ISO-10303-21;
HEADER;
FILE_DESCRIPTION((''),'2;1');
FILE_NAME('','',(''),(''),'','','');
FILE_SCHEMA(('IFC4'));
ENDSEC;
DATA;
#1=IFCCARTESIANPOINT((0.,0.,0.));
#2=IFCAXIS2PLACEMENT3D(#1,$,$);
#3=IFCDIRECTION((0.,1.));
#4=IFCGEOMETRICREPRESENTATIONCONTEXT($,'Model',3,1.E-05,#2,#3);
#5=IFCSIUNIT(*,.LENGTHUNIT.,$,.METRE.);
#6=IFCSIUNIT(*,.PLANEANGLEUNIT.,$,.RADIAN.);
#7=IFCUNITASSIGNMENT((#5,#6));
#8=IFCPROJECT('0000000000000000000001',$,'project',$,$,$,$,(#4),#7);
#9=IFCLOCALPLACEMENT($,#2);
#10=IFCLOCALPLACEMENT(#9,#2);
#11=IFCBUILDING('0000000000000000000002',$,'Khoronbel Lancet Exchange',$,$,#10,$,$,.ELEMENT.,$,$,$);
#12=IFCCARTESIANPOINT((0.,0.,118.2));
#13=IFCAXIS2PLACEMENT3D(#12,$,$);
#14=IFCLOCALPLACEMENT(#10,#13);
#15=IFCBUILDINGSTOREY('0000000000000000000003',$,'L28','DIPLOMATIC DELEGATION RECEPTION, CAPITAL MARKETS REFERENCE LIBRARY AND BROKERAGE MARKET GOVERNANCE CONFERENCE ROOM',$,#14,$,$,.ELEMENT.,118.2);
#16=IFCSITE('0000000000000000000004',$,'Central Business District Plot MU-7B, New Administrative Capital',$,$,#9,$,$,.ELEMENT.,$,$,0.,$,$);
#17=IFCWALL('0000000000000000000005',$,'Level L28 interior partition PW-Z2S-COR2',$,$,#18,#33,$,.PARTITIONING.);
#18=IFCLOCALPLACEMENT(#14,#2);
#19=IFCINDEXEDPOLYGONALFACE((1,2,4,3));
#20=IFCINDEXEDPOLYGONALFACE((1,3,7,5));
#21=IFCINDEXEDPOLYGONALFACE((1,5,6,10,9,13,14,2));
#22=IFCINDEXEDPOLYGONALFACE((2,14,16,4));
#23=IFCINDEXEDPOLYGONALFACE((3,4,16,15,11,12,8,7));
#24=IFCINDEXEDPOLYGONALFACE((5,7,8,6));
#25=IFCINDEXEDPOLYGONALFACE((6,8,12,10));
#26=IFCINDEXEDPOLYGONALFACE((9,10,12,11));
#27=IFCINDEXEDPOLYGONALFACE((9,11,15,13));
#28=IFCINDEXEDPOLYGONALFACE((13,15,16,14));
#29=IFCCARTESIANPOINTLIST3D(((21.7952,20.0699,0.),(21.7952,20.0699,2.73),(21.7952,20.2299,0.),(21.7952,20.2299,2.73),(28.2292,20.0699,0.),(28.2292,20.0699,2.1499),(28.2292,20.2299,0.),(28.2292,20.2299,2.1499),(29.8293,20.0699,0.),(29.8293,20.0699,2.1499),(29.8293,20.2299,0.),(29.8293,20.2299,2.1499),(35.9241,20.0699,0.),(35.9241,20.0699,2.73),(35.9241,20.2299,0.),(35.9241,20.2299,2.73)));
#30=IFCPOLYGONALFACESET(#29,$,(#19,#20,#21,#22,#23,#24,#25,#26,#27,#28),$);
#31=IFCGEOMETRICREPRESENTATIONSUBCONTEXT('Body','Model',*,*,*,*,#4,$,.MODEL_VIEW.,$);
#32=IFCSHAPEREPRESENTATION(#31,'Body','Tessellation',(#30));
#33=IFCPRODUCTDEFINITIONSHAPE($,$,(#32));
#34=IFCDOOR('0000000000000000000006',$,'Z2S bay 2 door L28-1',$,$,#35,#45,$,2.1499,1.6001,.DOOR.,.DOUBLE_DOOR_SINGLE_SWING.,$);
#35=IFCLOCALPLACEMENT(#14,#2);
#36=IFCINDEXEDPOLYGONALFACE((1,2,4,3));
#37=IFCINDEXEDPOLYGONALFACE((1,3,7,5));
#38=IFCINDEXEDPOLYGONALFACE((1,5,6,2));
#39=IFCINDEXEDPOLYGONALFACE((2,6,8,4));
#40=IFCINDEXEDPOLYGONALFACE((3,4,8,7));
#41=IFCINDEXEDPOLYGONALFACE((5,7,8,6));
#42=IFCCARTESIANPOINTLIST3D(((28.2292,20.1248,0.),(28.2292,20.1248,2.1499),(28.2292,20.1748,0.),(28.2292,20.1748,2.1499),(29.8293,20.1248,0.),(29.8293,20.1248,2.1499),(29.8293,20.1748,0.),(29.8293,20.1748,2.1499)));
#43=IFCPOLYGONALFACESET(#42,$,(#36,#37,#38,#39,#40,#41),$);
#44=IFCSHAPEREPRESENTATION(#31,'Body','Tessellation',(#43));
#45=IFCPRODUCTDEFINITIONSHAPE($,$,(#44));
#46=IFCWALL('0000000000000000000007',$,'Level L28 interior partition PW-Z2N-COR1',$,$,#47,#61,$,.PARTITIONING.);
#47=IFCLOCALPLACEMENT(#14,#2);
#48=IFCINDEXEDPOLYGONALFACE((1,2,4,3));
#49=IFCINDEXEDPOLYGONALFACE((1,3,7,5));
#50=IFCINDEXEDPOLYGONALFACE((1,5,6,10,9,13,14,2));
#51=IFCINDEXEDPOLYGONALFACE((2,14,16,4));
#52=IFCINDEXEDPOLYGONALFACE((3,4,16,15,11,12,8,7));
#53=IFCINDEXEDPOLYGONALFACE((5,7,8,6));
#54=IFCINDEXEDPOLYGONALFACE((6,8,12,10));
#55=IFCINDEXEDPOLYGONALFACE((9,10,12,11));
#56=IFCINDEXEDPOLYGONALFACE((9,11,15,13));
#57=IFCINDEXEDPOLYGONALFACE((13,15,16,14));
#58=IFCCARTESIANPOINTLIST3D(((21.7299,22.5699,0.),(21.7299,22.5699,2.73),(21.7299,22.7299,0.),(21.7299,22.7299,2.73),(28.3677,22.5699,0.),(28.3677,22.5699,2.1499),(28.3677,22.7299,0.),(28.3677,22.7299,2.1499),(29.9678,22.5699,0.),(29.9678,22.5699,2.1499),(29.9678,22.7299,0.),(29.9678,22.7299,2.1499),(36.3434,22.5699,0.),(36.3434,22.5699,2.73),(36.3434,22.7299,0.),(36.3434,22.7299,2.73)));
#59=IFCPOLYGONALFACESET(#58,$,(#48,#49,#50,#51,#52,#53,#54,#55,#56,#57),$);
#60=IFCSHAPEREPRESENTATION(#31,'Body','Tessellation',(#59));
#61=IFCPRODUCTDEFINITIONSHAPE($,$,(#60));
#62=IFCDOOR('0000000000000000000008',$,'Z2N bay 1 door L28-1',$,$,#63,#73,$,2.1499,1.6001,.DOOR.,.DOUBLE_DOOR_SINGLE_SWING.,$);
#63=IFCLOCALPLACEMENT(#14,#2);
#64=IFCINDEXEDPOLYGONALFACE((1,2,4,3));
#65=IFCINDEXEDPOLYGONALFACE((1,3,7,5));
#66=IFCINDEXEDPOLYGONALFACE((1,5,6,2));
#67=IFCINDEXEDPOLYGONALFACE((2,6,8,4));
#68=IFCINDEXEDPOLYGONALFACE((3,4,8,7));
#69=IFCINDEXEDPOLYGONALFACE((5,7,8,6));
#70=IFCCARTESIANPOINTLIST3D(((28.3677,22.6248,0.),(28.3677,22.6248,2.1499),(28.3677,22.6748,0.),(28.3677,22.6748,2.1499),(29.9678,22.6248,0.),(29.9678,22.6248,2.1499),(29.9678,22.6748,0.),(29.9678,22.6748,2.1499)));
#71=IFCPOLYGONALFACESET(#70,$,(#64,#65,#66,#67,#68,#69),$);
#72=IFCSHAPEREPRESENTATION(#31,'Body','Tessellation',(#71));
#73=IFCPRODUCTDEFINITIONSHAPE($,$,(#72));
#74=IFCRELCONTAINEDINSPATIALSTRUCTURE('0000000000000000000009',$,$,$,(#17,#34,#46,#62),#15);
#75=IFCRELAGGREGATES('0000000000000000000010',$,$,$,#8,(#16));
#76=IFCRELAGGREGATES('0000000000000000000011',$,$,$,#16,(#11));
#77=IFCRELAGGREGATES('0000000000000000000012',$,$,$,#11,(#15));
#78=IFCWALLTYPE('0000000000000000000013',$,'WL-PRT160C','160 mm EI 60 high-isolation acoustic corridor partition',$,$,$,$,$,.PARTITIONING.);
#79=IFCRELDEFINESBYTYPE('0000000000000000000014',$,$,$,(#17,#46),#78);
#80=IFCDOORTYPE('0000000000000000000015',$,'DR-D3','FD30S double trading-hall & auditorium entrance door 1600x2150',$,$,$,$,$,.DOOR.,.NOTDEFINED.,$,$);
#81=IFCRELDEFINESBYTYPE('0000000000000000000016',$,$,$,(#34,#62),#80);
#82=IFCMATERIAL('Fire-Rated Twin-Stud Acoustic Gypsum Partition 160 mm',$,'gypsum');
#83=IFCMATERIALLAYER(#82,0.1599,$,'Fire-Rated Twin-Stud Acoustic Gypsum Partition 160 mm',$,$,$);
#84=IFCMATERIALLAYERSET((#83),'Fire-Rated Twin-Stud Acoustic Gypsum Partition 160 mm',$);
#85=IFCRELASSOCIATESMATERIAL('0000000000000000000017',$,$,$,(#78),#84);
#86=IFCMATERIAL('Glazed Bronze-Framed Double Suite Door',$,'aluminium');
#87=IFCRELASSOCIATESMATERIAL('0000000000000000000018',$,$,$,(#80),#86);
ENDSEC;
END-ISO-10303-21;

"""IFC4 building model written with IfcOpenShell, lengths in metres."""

from ifc_helpers import new_model, si_unit, direction, frame, frame_2d, origin, place, context, subcontext, project, spatial, rectangle, extrude, material, layer, layer_set, type_object, element, fill, save


model = new_model("IFC4")

# Units and contexts
model_context = context("Model", 3, precision=1e-05, world=origin(), true_north=direction((0.0, 1.0)))
body_context = subcontext(model_context, "Body", "Model", "MODEL_VIEW")
ifc_project = project(units=[si_unit("LENGTHUNIT", "METRE"), si_unit("PLANEANGLEUNIT", "RADIAN")], contexts=[model_context])

# Site, building, storey
site_placement = place(None, origin())
site = spatial("IfcSite", under=ifc_project, at=site_placement, Name="Central Business District Plot MU-7B, New Administrative Capital", CompositionType="ELEMENT", RefElevation=0.0)
building_placement = place(site_placement, origin())
building = spatial("IfcBuilding", under=site, at=building_placement, Name="Khoronbel Lancet Exchange", CompositionType="ELEMENT")
storey_placement = place(building_placement, frame((0.0, 0.0, 118.2)))
storey = spatial("IfcBuildingStorey", under=building, at=storey_placement, Name="L28", Description="DIPLOMATIC DELEGATION RECEPTION, CAPITAL MARKETS REFERENCE LIBRARY AND BROKERAGE MARKET GOVERNANCE CONFERENCE ROOM", CompositionType="ELEMENT", Elevation=118.2)

# Walls, openings, doors
ifc_material_1 = material(Name="Fire-Rated Twin-Stud Acoustic Gypsum Partition 160 mm", Category="gypsum")
ifc_layer_1 = layer(ifc_material_1, 0.1599, Name="Fire-Rated Twin-Stud Acoustic Gypsum Partition 160 mm")
ifc_layer_set_1 = layer_set([ifc_layer_1], Name="Fire-Rated Twin-Stud Acoustic Gypsum Partition 160 mm")
wall_type_1 = type_object("IfcWallType", Name="WL-PRT160C", Description="160 mm EI 60 high-isolation acoustic corridor partition", PredefinedType="PARTITIONING", material=ifc_layer_set_1)
ifc_material_2 = material(Name="Glazed Bronze-Framed Double Suite Door", Category="aluminium")
door_type_1 = type_object("IfcDoorType", Name="DR-D3", Description="FD30S double trading-hall & auditorium entrance door 1600x2150", OperationType="NOTDEFINED", PredefinedType="DOOR", material=ifc_material_2)
wall_1_placement = place(storey_placement, frame((21.7952, 20.1499, 0.0), z_axis=(0.0, 0.0, 1.0), x_axis=(1.0, 0.0, 0.0)))
wall_1 = element("IfcWall", 1, at=wall_1_placement, inside=storey, type_object=wall_type_1, Name="Level L28 interior partition PW-Z2S-COR2", PredefinedType="PARTITIONING", context=body_context, shape_type="SweptSolid", body=[
    extrude(rectangle(XDim=14.1289, YDim=0.1599, at=frame_2d((7.0645, 0.0))), origin(), (0.0, 0.0, 1.0), 2.73),
])
opening_1_placement = place(wall_1_placement, frame((6.4341, 0.0, 0.0)))
opening_1 = element("IfcOpeningElement", 2, at=opening_1_placement, cuts=wall_1, PredefinedType="OPENING", context=body_context, shape_type="SweptSolid", body=[
    extrude(rectangle(XDim=1.6001, YDim=2.1499, at=frame_2d((0.8, 1.075))), frame((0.0, 0.0898, 0.0), z_axis=(0.0, -1.0, 0.0), x_axis=(1.0, 0.0, 0.0)), (0.0, 0.0, 1.0), 0.1799),
])
door_1_placement = place(opening_1_placement, origin())
door_1 = element("IfcDoor", 3, at=door_1_placement, inside=storey, type_object=door_type_1, Name="Z2S bay 2 door L28-1", OperationType="DOUBLE_DOOR_SINGLE_SWING", OverallHeight=2.1499, OverallWidth=1.6001, PredefinedType="DOOR", context=body_context, shape_type="SweptSolid", body=[
    extrude(rectangle(XDim=1.6001, YDim=2.1499, at=frame_2d((0.8, 1.075))), frame((0.0, 0.0249, 0.0), z_axis=(0.0, -1.0, 0.0), x_axis=(1.0, 0.0, 0.0)), (0.0, 0.0, 1.0), 0.05),
])
fill(opening_1, door_1)
wall_2_placement = place(storey_placement, frame((21.73, 22.6499, 0.0), z_axis=(0.0, 0.0, 1.0), x_axis=(1.0, 0.0, 0.0)))
wall_2 = element("IfcWall", 4, at=wall_2_placement, inside=storey, type_object=wall_type_1, Name="Level L28 interior partition PW-Z2N-COR1", PredefinedType="PARTITIONING", context=body_context, shape_type="SweptSolid", body=[
    extrude(rectangle(XDim=14.6135, YDim=0.1599, at=frame_2d((7.3066, 0.0))), origin(), (0.0, 0.0, 1.0), 2.73),
])
opening_2_placement = place(wall_2_placement, frame((6.6377, 0.0, 0.0)))
opening_2 = element("IfcOpeningElement", 5, at=opening_2_placement, cuts=wall_2, PredefinedType="OPENING", context=body_context, shape_type="SweptSolid", body=[
    extrude(rectangle(XDim=1.6001, YDim=2.1499, at=frame_2d((0.8, 1.075))), frame((0.0, 0.0898, 0.0), z_axis=(0.0, -1.0, 0.0), x_axis=(1.0, 0.0, 0.0)), (0.0, 0.0, 1.0), 0.1799),
])
door_2_placement = place(opening_2_placement, origin())
door_2 = element("IfcDoor", 6, at=door_2_placement, inside=storey, type_object=door_type_1, Name="Z2N bay 1 door L28-1", OperationType="DOUBLE_DOOR_SINGLE_SWING", OverallHeight=2.1499, OverallWidth=1.6001, PredefinedType="DOOR", context=body_context, shape_type="SweptSolid", body=[
    extrude(rectangle(XDim=1.6001, YDim=2.1499, at=frame_2d((0.8, 1.075))), frame((0.0, 0.0249, 0.0), z_axis=(0.0, -1.0, 0.0), x_axis=(1.0, 0.0, 0.0)), (0.0, 0.0, 1.0), 0.05),
])
fill(opening_2, door_2)

save(model, "model.ifc")
